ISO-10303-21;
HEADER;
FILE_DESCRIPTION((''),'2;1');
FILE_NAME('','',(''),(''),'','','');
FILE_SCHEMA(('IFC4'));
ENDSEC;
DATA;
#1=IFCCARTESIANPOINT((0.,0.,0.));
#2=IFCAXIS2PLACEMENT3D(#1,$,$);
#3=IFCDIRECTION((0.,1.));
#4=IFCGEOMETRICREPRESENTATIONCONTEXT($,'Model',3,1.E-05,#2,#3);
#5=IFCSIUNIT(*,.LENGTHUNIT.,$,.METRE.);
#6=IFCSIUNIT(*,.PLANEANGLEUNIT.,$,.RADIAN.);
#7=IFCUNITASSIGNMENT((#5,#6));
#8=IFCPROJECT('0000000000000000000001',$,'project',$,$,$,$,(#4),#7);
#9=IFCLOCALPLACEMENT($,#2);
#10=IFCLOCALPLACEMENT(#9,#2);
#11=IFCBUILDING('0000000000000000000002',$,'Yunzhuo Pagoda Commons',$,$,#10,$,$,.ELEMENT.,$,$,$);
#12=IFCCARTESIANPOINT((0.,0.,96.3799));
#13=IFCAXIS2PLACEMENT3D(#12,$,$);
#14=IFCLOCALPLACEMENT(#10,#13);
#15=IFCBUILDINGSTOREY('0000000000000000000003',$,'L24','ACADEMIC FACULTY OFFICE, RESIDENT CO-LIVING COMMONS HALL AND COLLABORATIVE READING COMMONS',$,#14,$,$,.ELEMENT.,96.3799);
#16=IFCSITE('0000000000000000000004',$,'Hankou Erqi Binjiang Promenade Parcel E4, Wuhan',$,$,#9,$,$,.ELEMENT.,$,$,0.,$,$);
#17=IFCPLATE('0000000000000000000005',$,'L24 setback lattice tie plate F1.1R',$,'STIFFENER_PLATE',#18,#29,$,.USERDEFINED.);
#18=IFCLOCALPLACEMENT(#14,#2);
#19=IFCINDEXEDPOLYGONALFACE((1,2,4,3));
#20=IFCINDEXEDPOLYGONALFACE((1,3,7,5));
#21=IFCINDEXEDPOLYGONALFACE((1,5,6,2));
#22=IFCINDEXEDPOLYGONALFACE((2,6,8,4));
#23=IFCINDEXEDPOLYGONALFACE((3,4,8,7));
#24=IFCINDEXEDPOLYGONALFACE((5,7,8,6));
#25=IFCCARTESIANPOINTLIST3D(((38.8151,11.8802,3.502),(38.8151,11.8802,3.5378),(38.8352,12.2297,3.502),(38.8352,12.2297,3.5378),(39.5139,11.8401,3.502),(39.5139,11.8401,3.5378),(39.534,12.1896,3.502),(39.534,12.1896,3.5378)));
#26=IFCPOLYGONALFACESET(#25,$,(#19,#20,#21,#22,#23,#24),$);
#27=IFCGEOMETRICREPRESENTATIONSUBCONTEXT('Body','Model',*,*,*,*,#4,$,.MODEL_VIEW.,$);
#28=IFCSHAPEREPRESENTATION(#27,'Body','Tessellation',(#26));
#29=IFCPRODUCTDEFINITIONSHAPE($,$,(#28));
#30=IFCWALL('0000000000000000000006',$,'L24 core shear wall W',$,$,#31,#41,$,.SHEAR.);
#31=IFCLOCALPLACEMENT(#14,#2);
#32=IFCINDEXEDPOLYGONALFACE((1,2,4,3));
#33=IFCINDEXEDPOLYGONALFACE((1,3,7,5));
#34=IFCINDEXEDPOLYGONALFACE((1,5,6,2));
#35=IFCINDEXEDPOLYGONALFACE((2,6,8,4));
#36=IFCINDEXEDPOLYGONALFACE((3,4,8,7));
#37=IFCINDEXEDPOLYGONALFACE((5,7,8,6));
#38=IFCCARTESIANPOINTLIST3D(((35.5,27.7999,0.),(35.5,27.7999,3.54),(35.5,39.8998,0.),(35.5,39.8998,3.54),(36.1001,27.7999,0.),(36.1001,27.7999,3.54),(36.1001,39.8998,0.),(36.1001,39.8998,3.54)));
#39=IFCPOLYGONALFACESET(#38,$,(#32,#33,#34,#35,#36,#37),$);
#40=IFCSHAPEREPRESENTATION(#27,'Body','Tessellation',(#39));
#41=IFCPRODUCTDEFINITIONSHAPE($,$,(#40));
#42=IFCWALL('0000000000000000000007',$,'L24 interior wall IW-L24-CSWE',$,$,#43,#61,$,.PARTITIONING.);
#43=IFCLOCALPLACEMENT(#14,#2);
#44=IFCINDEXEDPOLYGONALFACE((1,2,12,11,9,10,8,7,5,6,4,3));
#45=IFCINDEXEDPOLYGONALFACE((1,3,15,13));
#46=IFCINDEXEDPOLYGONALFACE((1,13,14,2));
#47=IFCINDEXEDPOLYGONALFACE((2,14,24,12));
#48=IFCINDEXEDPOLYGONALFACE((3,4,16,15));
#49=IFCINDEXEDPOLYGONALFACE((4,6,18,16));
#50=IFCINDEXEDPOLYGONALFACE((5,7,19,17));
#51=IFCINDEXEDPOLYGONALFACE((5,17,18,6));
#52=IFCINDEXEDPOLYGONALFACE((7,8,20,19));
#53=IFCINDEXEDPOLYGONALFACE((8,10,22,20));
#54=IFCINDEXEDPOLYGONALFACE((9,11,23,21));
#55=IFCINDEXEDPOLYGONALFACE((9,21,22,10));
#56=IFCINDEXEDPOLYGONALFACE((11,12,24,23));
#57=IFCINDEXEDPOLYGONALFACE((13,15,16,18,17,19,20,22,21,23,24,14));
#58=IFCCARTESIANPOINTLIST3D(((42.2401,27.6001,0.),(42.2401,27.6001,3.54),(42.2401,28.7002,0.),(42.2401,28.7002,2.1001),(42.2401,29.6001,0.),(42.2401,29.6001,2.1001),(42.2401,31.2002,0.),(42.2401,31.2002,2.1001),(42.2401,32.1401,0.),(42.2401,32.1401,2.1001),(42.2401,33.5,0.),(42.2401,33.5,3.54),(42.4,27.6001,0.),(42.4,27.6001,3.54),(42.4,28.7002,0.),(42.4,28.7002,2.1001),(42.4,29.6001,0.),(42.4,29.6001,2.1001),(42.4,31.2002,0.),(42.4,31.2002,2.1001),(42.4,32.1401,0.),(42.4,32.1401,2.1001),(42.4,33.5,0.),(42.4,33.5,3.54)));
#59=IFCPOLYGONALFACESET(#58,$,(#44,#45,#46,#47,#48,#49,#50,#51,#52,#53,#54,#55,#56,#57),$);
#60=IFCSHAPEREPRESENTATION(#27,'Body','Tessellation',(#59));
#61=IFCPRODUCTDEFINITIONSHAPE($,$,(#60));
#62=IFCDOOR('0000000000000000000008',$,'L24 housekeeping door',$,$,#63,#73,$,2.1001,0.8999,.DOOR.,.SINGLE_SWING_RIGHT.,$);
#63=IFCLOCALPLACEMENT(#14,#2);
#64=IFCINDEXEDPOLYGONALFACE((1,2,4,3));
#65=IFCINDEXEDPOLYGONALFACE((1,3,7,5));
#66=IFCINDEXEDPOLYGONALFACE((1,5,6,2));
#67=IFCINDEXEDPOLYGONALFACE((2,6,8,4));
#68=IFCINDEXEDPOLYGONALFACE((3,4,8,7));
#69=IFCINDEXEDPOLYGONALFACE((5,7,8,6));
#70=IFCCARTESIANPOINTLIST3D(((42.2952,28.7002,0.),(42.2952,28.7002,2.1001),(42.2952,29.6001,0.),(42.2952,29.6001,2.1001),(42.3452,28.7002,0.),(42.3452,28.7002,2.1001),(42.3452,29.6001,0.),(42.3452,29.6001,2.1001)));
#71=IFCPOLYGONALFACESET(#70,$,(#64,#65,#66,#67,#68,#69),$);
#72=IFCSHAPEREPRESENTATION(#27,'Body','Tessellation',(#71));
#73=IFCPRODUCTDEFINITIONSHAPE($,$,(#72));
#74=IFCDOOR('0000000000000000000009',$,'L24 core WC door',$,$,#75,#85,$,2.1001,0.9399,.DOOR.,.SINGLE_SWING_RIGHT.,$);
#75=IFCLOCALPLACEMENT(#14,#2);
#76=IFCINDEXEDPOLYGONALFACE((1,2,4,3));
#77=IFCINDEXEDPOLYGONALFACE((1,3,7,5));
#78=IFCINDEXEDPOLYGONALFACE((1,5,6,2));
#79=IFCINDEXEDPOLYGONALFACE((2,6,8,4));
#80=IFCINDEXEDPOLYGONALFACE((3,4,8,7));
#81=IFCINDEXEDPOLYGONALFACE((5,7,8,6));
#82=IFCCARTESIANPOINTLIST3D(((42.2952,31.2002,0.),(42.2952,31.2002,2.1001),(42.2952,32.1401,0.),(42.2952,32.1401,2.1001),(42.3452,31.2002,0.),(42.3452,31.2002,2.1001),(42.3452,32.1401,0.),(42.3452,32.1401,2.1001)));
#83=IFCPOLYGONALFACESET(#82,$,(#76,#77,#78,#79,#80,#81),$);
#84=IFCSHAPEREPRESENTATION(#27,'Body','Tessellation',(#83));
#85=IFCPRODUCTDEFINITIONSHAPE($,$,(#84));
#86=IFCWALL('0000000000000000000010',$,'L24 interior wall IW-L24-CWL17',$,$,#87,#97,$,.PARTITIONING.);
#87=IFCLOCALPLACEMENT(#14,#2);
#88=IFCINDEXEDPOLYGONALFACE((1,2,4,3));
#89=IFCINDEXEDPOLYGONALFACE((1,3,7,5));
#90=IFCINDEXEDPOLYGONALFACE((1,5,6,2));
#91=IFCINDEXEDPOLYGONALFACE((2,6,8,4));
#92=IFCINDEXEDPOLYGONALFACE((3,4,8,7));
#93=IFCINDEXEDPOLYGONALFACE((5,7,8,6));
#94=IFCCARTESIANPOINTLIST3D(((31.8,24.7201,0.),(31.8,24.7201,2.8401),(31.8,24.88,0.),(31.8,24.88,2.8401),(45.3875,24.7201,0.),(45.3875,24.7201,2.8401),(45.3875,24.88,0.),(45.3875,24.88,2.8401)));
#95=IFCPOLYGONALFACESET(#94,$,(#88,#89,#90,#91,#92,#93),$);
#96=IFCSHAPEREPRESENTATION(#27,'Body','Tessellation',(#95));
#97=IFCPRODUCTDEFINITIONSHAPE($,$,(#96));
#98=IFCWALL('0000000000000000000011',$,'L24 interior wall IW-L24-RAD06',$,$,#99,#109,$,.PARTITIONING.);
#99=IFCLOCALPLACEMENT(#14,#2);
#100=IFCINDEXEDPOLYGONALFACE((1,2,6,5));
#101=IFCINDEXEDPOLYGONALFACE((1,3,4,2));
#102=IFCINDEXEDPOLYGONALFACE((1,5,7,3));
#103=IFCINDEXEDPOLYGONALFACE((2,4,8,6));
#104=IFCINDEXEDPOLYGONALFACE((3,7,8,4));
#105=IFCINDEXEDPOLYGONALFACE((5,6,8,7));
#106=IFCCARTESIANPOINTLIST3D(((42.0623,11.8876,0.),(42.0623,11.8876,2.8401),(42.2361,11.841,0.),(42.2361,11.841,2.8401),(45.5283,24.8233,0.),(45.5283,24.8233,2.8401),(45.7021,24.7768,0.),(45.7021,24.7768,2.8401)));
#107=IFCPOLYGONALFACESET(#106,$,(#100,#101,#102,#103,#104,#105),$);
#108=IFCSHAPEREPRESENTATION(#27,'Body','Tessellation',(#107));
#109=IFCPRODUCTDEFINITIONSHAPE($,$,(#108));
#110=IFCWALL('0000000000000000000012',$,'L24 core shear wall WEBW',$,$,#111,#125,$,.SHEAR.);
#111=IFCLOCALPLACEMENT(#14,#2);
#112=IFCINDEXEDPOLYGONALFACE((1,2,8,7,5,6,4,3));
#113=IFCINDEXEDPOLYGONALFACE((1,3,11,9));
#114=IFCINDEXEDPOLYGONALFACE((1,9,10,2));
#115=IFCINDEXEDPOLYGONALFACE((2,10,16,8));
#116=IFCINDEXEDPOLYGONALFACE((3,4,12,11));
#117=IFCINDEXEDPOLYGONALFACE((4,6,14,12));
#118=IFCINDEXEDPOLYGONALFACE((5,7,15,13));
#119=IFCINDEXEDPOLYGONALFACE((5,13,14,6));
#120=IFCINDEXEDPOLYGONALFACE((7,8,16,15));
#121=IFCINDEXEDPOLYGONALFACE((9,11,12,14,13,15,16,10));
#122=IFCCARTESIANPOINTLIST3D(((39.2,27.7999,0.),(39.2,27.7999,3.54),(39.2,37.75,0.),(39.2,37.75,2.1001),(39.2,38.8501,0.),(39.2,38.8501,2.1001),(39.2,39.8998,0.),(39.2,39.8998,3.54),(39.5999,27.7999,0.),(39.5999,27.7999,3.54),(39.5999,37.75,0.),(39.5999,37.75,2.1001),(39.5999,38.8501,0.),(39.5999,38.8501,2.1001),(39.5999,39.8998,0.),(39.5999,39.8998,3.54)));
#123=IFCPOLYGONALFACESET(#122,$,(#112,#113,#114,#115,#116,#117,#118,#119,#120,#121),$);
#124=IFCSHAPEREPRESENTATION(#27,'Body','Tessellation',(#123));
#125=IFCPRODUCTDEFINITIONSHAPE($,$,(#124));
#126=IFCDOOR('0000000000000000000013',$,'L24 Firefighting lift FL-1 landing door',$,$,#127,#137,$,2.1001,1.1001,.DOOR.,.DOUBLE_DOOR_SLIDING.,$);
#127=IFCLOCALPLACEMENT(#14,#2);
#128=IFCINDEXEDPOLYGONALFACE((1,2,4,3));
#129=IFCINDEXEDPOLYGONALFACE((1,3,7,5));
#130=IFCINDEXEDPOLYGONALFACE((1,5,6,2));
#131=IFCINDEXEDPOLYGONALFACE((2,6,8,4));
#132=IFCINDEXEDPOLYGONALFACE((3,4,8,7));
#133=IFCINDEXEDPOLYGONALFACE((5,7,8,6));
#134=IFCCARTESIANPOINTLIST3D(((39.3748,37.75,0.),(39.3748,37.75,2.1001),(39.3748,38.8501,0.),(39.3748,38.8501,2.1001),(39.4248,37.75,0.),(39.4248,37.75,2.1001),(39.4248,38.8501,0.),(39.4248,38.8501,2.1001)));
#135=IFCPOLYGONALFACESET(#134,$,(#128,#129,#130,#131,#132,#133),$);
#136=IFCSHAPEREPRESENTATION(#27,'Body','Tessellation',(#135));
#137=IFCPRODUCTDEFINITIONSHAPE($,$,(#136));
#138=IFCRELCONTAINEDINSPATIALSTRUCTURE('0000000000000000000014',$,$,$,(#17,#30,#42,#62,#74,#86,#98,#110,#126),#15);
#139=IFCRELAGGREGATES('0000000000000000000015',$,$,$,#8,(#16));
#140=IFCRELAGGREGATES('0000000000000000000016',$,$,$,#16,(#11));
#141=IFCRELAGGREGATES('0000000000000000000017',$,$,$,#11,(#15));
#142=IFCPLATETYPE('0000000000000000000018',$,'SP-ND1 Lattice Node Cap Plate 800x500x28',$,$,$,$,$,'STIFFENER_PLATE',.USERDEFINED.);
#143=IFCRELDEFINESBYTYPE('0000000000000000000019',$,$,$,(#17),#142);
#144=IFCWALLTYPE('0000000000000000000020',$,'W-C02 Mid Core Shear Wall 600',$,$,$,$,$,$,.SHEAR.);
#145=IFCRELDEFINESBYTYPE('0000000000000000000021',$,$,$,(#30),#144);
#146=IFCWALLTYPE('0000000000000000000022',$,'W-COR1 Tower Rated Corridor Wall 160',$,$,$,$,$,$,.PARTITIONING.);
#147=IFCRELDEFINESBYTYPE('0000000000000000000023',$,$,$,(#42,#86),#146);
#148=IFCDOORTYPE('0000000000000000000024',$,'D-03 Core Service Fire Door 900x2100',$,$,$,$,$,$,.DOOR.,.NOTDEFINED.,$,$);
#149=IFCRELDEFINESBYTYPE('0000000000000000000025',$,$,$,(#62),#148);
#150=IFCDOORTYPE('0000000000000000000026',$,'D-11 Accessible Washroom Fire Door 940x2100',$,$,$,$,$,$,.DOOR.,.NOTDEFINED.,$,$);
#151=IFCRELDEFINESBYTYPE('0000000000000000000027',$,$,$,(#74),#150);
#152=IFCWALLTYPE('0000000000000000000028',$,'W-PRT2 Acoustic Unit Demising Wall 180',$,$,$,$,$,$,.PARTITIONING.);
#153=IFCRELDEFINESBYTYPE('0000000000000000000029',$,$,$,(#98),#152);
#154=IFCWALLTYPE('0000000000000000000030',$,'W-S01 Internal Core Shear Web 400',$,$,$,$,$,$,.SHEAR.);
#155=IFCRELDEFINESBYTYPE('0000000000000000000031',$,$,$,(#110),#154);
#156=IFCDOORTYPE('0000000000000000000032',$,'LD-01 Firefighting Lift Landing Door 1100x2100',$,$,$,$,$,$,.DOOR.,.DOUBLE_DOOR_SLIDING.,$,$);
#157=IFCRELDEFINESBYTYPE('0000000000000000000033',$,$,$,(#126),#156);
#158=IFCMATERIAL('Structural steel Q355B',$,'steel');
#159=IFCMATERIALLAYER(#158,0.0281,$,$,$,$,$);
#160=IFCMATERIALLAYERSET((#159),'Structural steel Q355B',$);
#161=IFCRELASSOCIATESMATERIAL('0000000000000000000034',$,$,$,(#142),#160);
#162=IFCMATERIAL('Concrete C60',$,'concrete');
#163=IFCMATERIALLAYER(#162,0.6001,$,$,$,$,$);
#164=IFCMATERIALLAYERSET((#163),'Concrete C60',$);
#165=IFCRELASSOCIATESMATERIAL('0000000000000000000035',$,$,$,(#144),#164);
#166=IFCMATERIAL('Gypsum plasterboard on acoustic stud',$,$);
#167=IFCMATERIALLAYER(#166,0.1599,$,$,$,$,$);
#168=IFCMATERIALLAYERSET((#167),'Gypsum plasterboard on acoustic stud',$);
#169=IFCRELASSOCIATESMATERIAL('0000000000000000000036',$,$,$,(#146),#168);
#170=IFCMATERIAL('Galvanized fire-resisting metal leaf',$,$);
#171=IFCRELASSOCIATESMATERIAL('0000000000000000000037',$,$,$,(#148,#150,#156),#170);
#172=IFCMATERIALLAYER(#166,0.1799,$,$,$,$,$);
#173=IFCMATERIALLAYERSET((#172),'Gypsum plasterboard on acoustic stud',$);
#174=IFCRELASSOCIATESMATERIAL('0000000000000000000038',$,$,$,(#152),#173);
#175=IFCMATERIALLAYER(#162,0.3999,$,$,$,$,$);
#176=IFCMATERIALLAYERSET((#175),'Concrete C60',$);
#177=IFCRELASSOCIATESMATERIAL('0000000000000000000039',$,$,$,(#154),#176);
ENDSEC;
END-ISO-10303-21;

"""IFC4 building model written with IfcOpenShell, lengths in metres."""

from ifc_helpers import new_model, si_unit, direction, frame, frame_2d, origin, origin_with_axes, origin_2d, place, context, subcontext, project, spatial, rectangle, extrude, source, transform, mapped, material, layer, layer_set, type_object, element, fill, save


model = new_model("IFC4")

# Units and contexts
model_context = context("Model", 3, precision=1e-05, world=origin(), true_north=direction((0.0, 1.0)))
body_context = subcontext(model_context, "Body", "Model", "MODEL_VIEW")
ifc_project = project(units=[si_unit("LENGTHUNIT", "METRE"), si_unit("PLANEANGLEUNIT", "RADIAN")], contexts=[model_context])

# Site, building, storey
site_placement = place(None, origin())
site = spatial("IfcSite", under=ifc_project, at=site_placement, Name="Hankou Erqi Binjiang Promenade Parcel E4, Wuhan", CompositionType="ELEMENT", RefElevation=0.0)
building_placement = place(site_placement, origin())
building = spatial("IfcBuilding", under=site, at=building_placement, Name="Yunzhuo Pagoda Commons", CompositionType="ELEMENT")
storey_placement = place(building_placement, frame((0.0, 0.0, 96.3799)))
storey = spatial("IfcBuildingStorey", under=building, at=storey_placement, Name="L24", Description="ACADEMIC FACULTY OFFICE, RESIDENT CO-LIVING COMMONS HALL AND COLLABORATIVE READING COMMONS", CompositionType="ELEMENT", Elevation=96.3799)

# Shared definitions
ifc_material_1 = material(Name="Structural steel Q355B", Category="steel")

# Plate
ifc_layer_1 = layer(ifc_material_1, 0.0281)
ifc_layer_set_1 = layer_set([ifc_layer_1], Name="Structural steel Q355B")
plate_type_1 = type_object("IfcPlateType", Name="SP-ND1 Lattice Node Cap Plate 800x500x28", ElementType="STIFFENER_PLATE", PredefinedType="USERDEFINED", material=ifc_layer_set_1)
shared_shape_1 = source(origin(), body_context, "Body", "SweptSolid", [
    extrude(rectangle(XDim=0.7, YDim=0.3501, at=origin_2d()), origin(), (0.0, 0.0, 1.0), 0.0359),
])
plate_1_placement = place(storey_placement, frame((39.1746, 12.0349, 3.502), z_axis=(0.0, 0.0, 1.0), x_axis=(0.998357, -0.057303, 0.0)))
element("IfcPlate", 1, at=plate_1_placement, inside=storey, type_object=plate_type_1, Name="L24 setback lattice tie plate F1.1R", ObjectType="STIFFENER_PLATE", PredefinedType="USERDEFINED", context=body_context, shape_type="MappedRepresentation", body=[
    mapped(shared_shape_1, transform((0.0, 0.0, 0.0), scale=1.0)),
])

# Wall
ifc_material_2 = material(Name="Concrete C60", Category="concrete")
ifc_layer_2 = layer(ifc_material_2, 0.6001)
ifc_layer_set_2 = layer_set([ifc_layer_2], Name="Concrete C60")
wall_type_1 = type_object("IfcWallType", Name="W-C02 Mid Core Shear Wall 600", PredefinedType="SHEAR", material=ifc_layer_set_2)
wall_1_placement = place(storey_placement, frame((35.8, 27.8, 0.0), z_axis=(0.0, 0.0, 1.0), x_axis=(0.0, 1.0, 0.0)))
element("IfcWall", 2, at=wall_1_placement, inside=storey, type_object=wall_type_1, Name="L24 core shear wall W", PredefinedType="SHEAR", context=body_context, shape_type="SweptSolid", body=[
    extrude(rectangle(XDim=12.0999, YDim=0.6001, at=frame_2d((6.0498, 0.0))), origin(), (0.0, 0.0, 1.0), 3.54),
])

# Wall, openings, doors
ifc_material_3 = material(Name="Gypsum plasterboard on acoustic stud")
ifc_layer_3 = layer(ifc_material_3, 0.1599)
ifc_layer_set_3 = layer_set([ifc_layer_3], Name="Gypsum plasterboard on acoustic stud")
wall_type_2 = type_object("IfcWallType", Name="W-COR1 Tower Rated Corridor Wall 160", PredefinedType="PARTITIONING", material=ifc_layer_set_3)
wall_2_placement = place(storey_placement, frame((42.3201, 27.6001, 0.0), z_axis=(0.0, 0.0, 1.0), x_axis=(0.0, 1.0, 0.0)))
wall_2 = element("IfcWall", 3, at=wall_2_placement, inside=storey, type_object=wall_type_2, Name="L24 interior wall IW-L24-CSWE", PredefinedType="PARTITIONING", context=body_context, shape_type="SweptSolid", body=[
    extrude(rectangle(XDim=5.8999, YDim=0.1599, at=frame_2d((2.95, 0.0))), origin(), (0.0, 0.0, 1.0), 3.54),
])
opening_1_placement = place(wall_2_placement, frame((1.1001, 0.0, 0.0)))
opening_1 = element("IfcOpeningElement", 4, at=opening_1_placement, cuts=wall_2, PredefinedType="OPENING", context=body_context, shape_type="SweptSolid", body=[
    extrude(rectangle(XDim=0.8999, YDim=2.1001, at=frame_2d((0.45, 1.05))), frame((0.0, 0.0898, 0.0), z_axis=(0.0, -1.0, 0.0), x_axis=(1.0, 0.0, 0.0)), (0.0, 0.0, 1.0), 0.1799),
])
opening_2_placement = place(wall_2_placement, frame((3.6001, 0.0, 0.0)))
opening_2 = element("IfcOpeningElement", 5, at=opening_2_placement, cuts=wall_2, PredefinedType="OPENING", context=body_context, shape_type="SweptSolid", body=[
    extrude(rectangle(XDim=0.9399, YDim=2.1001, at=frame_2d((0.47, 1.05))), frame((0.0, 0.0898, 0.0), z_axis=(0.0, -1.0, 0.0), x_axis=(1.0, 0.0, 0.0)), (0.0, 0.0, 1.0), 0.1799),
])
ifc_material_4 = material(Name="Galvanized fire-resisting metal leaf")
door_type_1 = type_object("IfcDoorType", Name="D-03 Core Service Fire Door 900x2100", OperationType="NOTDEFINED", PredefinedType="DOOR", material=ifc_material_4)
shared_shape_2 = source(origin(), body_context, "Body", "SweptSolid", [
    extrude(rectangle(XDim=0.8999, YDim=2.1001, at=frame_2d((0.45, 1.05))), frame((0.0, 0.0249, 0.0), z_axis=(0.0, -1.0, 0.0), x_axis=(1.0, 0.0, 0.0)), (0.0, 0.0, 1.0), 0.05),
])
door_1_placement = place(opening_1_placement, origin_with_axes())
door_1 = element("IfcDoor", 6, at=door_1_placement, inside=storey, type_object=door_type_1, Name="L24 housekeeping door", OperationType="SINGLE_SWING_RIGHT", OverallHeight=2.1001, OverallWidth=0.8999, PredefinedType="DOOR", context=body_context, shape_type="MappedRepresentation", body=[
    mapped(shared_shape_2, transform((0.0, 0.0, 0.0), scale=1.0)),
])
fill(opening_1, door_1)
door_type_2 = type_object("IfcDoorType", Name="D-11 Accessible Washroom Fire Door 940x2100", OperationType="NOTDEFINED", PredefinedType="DOOR", material=ifc_material_4)
shared_shape_3 = source(origin(), body_context, "Body", "SweptSolid", [
    extrude(rectangle(XDim=0.9399, YDim=2.1001, at=frame_2d((0.47, 1.05))), frame((0.0, 0.0249, 0.0), z_axis=(0.0, -1.0, 0.0), x_axis=(1.0, 0.0, 0.0)), (0.0, 0.0, 1.0), 0.05),
])
door_2_placement = place(opening_2_placement, origin_with_axes())
door_2 = element("IfcDoor", 7, at=door_2_placement, inside=storey, type_object=door_type_2, Name="L24 core WC door", OperationType="SINGLE_SWING_RIGHT", OverallHeight=2.1001, OverallWidth=0.9399, PredefinedType="DOOR", context=body_context, shape_type="MappedRepresentation", body=[
    mapped(shared_shape_3, transform((0.0, 0.0, 0.0), scale=1.0)),
])
fill(opening_2, door_2)

# Walls
wall_3_placement = place(storey_placement, frame((45.3875, 24.8, 0.0), z_axis=(0.0, 0.0, 1.0), x_axis=(-1.0, 0.0, 0.0)))
element("IfcWall", 8, at=wall_3_placement, inside=storey, type_object=wall_type_2, Name="L24 interior wall IW-L24-CWL17", PredefinedType="PARTITIONING", context=body_context, shape_type="SweptSolid", body=[
    extrude(rectangle(XDim=13.5874, YDim=0.1599, at=frame_2d((6.7937, 0.0))), origin(), (0.0, 0.0, 1.0), 2.8401),
])
ifc_layer_4 = layer(ifc_material_3, 0.1799)
ifc_layer_set_4 = layer_set([ifc_layer_4], Name="Gypsum plasterboard on acoustic stud")
wall_type_3 = type_object("IfcWallType", Name="W-PRT2 Acoustic Unit Demising Wall 180", PredefinedType="PARTITIONING", material=ifc_layer_set_4)
wall_4_placement = place(storey_placement, frame((45.6152, 24.8, 0.0), z_axis=(0.0, 0.0, 1.0), x_axis=(-0.258814, -0.965927, 0.0)))
element("IfcWall", 9, at=wall_4_placement, inside=storey, type_object=wall_type_3, Name="L24 interior wall IW-L24-RAD06", PredefinedType="PARTITIONING", context=body_context, shape_type="SweptSolid", body=[
    extrude(rectangle(XDim=13.3921, YDim=0.1799, at=frame_2d((6.696, 0.0))), origin(), (0.0, 0.0, 1.0), 2.8401),
])

# Wall, opening, door
ifc_layer_5 = layer(ifc_material_2, 0.3999)
ifc_layer_set_5 = layer_set([ifc_layer_5], Name="Concrete C60")
wall_type_4 = type_object("IfcWallType", Name="W-S01 Internal Core Shear Web 400", PredefinedType="SHEAR", material=ifc_layer_set_5)
wall_5_placement = place(storey_placement, frame((39.3999, 27.8, 0.0), z_axis=(0.0, 0.0, 1.0), x_axis=(0.0, 1.0, 0.0)))
wall_5 = element("IfcWall", 10, at=wall_5_placement, inside=storey, type_object=wall_type_4, Name="L24 core shear wall WEBW", PredefinedType="SHEAR", context=body_context, shape_type="SweptSolid", body=[
    extrude(rectangle(XDim=12.0999, YDim=0.3999, at=frame_2d((6.0498, 0.0))), origin(), (0.0, 0.0, 1.0), 3.54),
])
opening_3_placement = place(wall_5_placement, frame((9.95, 0.0, 0.0)))
opening_3 = element("IfcOpeningElement", 11, at=opening_3_placement, cuts=wall_5, PredefinedType="OPENING", context=body_context, shape_type="SweptSolid", body=[
    extrude(rectangle(XDim=1.1001, YDim=2.1001, at=frame_2d((0.55, 1.05))), frame((0.0, 0.21, 0.0), z_axis=(0.0, -1.0, 0.0), x_axis=(1.0, 0.0, 0.0)), (0.0, 0.0, 1.0), 0.4199),
])
door_type_3 = type_object("IfcDoorType", Name="LD-01 Firefighting Lift Landing Door 1100x2100", OperationType="DOUBLE_DOOR_SLIDING", PredefinedType="DOOR", material=ifc_material_4)
shared_shape_4 = source(origin(), body_context, "Body", "SweptSolid", [
    extrude(rectangle(XDim=1.1001, YDim=2.1001, at=frame_2d((0.55, 1.05))), frame((0.0, 0.0249, 0.0), z_axis=(0.0, -1.0, 0.0), x_axis=(1.0, 0.0, 0.0)), (0.0, 0.0, 1.0), 0.05),
])
door_3_placement = place(opening_3_placement, frame((1.1001, 0.0, 0.0), z_axis=(0.0, 0.0, 1.0), x_axis=(-1.0, 0.0, 0.0)))
door_3 = element("IfcDoor", 12, at=door_3_placement, inside=storey, type_object=door_type_3, Name="L24 Firefighting lift FL-1 landing door", OperationType="DOUBLE_DOOR_SLIDING", OverallHeight=2.1001, OverallWidth=1.1001, PredefinedType="DOOR", context=body_context, shape_type="MappedRepresentation", body=[
    mapped(shared_shape_4, transform((0.0, 0.0, 0.0), scale=1.0)),
])
fill(opening_3, door_3)

save(model, "model.ifc")
